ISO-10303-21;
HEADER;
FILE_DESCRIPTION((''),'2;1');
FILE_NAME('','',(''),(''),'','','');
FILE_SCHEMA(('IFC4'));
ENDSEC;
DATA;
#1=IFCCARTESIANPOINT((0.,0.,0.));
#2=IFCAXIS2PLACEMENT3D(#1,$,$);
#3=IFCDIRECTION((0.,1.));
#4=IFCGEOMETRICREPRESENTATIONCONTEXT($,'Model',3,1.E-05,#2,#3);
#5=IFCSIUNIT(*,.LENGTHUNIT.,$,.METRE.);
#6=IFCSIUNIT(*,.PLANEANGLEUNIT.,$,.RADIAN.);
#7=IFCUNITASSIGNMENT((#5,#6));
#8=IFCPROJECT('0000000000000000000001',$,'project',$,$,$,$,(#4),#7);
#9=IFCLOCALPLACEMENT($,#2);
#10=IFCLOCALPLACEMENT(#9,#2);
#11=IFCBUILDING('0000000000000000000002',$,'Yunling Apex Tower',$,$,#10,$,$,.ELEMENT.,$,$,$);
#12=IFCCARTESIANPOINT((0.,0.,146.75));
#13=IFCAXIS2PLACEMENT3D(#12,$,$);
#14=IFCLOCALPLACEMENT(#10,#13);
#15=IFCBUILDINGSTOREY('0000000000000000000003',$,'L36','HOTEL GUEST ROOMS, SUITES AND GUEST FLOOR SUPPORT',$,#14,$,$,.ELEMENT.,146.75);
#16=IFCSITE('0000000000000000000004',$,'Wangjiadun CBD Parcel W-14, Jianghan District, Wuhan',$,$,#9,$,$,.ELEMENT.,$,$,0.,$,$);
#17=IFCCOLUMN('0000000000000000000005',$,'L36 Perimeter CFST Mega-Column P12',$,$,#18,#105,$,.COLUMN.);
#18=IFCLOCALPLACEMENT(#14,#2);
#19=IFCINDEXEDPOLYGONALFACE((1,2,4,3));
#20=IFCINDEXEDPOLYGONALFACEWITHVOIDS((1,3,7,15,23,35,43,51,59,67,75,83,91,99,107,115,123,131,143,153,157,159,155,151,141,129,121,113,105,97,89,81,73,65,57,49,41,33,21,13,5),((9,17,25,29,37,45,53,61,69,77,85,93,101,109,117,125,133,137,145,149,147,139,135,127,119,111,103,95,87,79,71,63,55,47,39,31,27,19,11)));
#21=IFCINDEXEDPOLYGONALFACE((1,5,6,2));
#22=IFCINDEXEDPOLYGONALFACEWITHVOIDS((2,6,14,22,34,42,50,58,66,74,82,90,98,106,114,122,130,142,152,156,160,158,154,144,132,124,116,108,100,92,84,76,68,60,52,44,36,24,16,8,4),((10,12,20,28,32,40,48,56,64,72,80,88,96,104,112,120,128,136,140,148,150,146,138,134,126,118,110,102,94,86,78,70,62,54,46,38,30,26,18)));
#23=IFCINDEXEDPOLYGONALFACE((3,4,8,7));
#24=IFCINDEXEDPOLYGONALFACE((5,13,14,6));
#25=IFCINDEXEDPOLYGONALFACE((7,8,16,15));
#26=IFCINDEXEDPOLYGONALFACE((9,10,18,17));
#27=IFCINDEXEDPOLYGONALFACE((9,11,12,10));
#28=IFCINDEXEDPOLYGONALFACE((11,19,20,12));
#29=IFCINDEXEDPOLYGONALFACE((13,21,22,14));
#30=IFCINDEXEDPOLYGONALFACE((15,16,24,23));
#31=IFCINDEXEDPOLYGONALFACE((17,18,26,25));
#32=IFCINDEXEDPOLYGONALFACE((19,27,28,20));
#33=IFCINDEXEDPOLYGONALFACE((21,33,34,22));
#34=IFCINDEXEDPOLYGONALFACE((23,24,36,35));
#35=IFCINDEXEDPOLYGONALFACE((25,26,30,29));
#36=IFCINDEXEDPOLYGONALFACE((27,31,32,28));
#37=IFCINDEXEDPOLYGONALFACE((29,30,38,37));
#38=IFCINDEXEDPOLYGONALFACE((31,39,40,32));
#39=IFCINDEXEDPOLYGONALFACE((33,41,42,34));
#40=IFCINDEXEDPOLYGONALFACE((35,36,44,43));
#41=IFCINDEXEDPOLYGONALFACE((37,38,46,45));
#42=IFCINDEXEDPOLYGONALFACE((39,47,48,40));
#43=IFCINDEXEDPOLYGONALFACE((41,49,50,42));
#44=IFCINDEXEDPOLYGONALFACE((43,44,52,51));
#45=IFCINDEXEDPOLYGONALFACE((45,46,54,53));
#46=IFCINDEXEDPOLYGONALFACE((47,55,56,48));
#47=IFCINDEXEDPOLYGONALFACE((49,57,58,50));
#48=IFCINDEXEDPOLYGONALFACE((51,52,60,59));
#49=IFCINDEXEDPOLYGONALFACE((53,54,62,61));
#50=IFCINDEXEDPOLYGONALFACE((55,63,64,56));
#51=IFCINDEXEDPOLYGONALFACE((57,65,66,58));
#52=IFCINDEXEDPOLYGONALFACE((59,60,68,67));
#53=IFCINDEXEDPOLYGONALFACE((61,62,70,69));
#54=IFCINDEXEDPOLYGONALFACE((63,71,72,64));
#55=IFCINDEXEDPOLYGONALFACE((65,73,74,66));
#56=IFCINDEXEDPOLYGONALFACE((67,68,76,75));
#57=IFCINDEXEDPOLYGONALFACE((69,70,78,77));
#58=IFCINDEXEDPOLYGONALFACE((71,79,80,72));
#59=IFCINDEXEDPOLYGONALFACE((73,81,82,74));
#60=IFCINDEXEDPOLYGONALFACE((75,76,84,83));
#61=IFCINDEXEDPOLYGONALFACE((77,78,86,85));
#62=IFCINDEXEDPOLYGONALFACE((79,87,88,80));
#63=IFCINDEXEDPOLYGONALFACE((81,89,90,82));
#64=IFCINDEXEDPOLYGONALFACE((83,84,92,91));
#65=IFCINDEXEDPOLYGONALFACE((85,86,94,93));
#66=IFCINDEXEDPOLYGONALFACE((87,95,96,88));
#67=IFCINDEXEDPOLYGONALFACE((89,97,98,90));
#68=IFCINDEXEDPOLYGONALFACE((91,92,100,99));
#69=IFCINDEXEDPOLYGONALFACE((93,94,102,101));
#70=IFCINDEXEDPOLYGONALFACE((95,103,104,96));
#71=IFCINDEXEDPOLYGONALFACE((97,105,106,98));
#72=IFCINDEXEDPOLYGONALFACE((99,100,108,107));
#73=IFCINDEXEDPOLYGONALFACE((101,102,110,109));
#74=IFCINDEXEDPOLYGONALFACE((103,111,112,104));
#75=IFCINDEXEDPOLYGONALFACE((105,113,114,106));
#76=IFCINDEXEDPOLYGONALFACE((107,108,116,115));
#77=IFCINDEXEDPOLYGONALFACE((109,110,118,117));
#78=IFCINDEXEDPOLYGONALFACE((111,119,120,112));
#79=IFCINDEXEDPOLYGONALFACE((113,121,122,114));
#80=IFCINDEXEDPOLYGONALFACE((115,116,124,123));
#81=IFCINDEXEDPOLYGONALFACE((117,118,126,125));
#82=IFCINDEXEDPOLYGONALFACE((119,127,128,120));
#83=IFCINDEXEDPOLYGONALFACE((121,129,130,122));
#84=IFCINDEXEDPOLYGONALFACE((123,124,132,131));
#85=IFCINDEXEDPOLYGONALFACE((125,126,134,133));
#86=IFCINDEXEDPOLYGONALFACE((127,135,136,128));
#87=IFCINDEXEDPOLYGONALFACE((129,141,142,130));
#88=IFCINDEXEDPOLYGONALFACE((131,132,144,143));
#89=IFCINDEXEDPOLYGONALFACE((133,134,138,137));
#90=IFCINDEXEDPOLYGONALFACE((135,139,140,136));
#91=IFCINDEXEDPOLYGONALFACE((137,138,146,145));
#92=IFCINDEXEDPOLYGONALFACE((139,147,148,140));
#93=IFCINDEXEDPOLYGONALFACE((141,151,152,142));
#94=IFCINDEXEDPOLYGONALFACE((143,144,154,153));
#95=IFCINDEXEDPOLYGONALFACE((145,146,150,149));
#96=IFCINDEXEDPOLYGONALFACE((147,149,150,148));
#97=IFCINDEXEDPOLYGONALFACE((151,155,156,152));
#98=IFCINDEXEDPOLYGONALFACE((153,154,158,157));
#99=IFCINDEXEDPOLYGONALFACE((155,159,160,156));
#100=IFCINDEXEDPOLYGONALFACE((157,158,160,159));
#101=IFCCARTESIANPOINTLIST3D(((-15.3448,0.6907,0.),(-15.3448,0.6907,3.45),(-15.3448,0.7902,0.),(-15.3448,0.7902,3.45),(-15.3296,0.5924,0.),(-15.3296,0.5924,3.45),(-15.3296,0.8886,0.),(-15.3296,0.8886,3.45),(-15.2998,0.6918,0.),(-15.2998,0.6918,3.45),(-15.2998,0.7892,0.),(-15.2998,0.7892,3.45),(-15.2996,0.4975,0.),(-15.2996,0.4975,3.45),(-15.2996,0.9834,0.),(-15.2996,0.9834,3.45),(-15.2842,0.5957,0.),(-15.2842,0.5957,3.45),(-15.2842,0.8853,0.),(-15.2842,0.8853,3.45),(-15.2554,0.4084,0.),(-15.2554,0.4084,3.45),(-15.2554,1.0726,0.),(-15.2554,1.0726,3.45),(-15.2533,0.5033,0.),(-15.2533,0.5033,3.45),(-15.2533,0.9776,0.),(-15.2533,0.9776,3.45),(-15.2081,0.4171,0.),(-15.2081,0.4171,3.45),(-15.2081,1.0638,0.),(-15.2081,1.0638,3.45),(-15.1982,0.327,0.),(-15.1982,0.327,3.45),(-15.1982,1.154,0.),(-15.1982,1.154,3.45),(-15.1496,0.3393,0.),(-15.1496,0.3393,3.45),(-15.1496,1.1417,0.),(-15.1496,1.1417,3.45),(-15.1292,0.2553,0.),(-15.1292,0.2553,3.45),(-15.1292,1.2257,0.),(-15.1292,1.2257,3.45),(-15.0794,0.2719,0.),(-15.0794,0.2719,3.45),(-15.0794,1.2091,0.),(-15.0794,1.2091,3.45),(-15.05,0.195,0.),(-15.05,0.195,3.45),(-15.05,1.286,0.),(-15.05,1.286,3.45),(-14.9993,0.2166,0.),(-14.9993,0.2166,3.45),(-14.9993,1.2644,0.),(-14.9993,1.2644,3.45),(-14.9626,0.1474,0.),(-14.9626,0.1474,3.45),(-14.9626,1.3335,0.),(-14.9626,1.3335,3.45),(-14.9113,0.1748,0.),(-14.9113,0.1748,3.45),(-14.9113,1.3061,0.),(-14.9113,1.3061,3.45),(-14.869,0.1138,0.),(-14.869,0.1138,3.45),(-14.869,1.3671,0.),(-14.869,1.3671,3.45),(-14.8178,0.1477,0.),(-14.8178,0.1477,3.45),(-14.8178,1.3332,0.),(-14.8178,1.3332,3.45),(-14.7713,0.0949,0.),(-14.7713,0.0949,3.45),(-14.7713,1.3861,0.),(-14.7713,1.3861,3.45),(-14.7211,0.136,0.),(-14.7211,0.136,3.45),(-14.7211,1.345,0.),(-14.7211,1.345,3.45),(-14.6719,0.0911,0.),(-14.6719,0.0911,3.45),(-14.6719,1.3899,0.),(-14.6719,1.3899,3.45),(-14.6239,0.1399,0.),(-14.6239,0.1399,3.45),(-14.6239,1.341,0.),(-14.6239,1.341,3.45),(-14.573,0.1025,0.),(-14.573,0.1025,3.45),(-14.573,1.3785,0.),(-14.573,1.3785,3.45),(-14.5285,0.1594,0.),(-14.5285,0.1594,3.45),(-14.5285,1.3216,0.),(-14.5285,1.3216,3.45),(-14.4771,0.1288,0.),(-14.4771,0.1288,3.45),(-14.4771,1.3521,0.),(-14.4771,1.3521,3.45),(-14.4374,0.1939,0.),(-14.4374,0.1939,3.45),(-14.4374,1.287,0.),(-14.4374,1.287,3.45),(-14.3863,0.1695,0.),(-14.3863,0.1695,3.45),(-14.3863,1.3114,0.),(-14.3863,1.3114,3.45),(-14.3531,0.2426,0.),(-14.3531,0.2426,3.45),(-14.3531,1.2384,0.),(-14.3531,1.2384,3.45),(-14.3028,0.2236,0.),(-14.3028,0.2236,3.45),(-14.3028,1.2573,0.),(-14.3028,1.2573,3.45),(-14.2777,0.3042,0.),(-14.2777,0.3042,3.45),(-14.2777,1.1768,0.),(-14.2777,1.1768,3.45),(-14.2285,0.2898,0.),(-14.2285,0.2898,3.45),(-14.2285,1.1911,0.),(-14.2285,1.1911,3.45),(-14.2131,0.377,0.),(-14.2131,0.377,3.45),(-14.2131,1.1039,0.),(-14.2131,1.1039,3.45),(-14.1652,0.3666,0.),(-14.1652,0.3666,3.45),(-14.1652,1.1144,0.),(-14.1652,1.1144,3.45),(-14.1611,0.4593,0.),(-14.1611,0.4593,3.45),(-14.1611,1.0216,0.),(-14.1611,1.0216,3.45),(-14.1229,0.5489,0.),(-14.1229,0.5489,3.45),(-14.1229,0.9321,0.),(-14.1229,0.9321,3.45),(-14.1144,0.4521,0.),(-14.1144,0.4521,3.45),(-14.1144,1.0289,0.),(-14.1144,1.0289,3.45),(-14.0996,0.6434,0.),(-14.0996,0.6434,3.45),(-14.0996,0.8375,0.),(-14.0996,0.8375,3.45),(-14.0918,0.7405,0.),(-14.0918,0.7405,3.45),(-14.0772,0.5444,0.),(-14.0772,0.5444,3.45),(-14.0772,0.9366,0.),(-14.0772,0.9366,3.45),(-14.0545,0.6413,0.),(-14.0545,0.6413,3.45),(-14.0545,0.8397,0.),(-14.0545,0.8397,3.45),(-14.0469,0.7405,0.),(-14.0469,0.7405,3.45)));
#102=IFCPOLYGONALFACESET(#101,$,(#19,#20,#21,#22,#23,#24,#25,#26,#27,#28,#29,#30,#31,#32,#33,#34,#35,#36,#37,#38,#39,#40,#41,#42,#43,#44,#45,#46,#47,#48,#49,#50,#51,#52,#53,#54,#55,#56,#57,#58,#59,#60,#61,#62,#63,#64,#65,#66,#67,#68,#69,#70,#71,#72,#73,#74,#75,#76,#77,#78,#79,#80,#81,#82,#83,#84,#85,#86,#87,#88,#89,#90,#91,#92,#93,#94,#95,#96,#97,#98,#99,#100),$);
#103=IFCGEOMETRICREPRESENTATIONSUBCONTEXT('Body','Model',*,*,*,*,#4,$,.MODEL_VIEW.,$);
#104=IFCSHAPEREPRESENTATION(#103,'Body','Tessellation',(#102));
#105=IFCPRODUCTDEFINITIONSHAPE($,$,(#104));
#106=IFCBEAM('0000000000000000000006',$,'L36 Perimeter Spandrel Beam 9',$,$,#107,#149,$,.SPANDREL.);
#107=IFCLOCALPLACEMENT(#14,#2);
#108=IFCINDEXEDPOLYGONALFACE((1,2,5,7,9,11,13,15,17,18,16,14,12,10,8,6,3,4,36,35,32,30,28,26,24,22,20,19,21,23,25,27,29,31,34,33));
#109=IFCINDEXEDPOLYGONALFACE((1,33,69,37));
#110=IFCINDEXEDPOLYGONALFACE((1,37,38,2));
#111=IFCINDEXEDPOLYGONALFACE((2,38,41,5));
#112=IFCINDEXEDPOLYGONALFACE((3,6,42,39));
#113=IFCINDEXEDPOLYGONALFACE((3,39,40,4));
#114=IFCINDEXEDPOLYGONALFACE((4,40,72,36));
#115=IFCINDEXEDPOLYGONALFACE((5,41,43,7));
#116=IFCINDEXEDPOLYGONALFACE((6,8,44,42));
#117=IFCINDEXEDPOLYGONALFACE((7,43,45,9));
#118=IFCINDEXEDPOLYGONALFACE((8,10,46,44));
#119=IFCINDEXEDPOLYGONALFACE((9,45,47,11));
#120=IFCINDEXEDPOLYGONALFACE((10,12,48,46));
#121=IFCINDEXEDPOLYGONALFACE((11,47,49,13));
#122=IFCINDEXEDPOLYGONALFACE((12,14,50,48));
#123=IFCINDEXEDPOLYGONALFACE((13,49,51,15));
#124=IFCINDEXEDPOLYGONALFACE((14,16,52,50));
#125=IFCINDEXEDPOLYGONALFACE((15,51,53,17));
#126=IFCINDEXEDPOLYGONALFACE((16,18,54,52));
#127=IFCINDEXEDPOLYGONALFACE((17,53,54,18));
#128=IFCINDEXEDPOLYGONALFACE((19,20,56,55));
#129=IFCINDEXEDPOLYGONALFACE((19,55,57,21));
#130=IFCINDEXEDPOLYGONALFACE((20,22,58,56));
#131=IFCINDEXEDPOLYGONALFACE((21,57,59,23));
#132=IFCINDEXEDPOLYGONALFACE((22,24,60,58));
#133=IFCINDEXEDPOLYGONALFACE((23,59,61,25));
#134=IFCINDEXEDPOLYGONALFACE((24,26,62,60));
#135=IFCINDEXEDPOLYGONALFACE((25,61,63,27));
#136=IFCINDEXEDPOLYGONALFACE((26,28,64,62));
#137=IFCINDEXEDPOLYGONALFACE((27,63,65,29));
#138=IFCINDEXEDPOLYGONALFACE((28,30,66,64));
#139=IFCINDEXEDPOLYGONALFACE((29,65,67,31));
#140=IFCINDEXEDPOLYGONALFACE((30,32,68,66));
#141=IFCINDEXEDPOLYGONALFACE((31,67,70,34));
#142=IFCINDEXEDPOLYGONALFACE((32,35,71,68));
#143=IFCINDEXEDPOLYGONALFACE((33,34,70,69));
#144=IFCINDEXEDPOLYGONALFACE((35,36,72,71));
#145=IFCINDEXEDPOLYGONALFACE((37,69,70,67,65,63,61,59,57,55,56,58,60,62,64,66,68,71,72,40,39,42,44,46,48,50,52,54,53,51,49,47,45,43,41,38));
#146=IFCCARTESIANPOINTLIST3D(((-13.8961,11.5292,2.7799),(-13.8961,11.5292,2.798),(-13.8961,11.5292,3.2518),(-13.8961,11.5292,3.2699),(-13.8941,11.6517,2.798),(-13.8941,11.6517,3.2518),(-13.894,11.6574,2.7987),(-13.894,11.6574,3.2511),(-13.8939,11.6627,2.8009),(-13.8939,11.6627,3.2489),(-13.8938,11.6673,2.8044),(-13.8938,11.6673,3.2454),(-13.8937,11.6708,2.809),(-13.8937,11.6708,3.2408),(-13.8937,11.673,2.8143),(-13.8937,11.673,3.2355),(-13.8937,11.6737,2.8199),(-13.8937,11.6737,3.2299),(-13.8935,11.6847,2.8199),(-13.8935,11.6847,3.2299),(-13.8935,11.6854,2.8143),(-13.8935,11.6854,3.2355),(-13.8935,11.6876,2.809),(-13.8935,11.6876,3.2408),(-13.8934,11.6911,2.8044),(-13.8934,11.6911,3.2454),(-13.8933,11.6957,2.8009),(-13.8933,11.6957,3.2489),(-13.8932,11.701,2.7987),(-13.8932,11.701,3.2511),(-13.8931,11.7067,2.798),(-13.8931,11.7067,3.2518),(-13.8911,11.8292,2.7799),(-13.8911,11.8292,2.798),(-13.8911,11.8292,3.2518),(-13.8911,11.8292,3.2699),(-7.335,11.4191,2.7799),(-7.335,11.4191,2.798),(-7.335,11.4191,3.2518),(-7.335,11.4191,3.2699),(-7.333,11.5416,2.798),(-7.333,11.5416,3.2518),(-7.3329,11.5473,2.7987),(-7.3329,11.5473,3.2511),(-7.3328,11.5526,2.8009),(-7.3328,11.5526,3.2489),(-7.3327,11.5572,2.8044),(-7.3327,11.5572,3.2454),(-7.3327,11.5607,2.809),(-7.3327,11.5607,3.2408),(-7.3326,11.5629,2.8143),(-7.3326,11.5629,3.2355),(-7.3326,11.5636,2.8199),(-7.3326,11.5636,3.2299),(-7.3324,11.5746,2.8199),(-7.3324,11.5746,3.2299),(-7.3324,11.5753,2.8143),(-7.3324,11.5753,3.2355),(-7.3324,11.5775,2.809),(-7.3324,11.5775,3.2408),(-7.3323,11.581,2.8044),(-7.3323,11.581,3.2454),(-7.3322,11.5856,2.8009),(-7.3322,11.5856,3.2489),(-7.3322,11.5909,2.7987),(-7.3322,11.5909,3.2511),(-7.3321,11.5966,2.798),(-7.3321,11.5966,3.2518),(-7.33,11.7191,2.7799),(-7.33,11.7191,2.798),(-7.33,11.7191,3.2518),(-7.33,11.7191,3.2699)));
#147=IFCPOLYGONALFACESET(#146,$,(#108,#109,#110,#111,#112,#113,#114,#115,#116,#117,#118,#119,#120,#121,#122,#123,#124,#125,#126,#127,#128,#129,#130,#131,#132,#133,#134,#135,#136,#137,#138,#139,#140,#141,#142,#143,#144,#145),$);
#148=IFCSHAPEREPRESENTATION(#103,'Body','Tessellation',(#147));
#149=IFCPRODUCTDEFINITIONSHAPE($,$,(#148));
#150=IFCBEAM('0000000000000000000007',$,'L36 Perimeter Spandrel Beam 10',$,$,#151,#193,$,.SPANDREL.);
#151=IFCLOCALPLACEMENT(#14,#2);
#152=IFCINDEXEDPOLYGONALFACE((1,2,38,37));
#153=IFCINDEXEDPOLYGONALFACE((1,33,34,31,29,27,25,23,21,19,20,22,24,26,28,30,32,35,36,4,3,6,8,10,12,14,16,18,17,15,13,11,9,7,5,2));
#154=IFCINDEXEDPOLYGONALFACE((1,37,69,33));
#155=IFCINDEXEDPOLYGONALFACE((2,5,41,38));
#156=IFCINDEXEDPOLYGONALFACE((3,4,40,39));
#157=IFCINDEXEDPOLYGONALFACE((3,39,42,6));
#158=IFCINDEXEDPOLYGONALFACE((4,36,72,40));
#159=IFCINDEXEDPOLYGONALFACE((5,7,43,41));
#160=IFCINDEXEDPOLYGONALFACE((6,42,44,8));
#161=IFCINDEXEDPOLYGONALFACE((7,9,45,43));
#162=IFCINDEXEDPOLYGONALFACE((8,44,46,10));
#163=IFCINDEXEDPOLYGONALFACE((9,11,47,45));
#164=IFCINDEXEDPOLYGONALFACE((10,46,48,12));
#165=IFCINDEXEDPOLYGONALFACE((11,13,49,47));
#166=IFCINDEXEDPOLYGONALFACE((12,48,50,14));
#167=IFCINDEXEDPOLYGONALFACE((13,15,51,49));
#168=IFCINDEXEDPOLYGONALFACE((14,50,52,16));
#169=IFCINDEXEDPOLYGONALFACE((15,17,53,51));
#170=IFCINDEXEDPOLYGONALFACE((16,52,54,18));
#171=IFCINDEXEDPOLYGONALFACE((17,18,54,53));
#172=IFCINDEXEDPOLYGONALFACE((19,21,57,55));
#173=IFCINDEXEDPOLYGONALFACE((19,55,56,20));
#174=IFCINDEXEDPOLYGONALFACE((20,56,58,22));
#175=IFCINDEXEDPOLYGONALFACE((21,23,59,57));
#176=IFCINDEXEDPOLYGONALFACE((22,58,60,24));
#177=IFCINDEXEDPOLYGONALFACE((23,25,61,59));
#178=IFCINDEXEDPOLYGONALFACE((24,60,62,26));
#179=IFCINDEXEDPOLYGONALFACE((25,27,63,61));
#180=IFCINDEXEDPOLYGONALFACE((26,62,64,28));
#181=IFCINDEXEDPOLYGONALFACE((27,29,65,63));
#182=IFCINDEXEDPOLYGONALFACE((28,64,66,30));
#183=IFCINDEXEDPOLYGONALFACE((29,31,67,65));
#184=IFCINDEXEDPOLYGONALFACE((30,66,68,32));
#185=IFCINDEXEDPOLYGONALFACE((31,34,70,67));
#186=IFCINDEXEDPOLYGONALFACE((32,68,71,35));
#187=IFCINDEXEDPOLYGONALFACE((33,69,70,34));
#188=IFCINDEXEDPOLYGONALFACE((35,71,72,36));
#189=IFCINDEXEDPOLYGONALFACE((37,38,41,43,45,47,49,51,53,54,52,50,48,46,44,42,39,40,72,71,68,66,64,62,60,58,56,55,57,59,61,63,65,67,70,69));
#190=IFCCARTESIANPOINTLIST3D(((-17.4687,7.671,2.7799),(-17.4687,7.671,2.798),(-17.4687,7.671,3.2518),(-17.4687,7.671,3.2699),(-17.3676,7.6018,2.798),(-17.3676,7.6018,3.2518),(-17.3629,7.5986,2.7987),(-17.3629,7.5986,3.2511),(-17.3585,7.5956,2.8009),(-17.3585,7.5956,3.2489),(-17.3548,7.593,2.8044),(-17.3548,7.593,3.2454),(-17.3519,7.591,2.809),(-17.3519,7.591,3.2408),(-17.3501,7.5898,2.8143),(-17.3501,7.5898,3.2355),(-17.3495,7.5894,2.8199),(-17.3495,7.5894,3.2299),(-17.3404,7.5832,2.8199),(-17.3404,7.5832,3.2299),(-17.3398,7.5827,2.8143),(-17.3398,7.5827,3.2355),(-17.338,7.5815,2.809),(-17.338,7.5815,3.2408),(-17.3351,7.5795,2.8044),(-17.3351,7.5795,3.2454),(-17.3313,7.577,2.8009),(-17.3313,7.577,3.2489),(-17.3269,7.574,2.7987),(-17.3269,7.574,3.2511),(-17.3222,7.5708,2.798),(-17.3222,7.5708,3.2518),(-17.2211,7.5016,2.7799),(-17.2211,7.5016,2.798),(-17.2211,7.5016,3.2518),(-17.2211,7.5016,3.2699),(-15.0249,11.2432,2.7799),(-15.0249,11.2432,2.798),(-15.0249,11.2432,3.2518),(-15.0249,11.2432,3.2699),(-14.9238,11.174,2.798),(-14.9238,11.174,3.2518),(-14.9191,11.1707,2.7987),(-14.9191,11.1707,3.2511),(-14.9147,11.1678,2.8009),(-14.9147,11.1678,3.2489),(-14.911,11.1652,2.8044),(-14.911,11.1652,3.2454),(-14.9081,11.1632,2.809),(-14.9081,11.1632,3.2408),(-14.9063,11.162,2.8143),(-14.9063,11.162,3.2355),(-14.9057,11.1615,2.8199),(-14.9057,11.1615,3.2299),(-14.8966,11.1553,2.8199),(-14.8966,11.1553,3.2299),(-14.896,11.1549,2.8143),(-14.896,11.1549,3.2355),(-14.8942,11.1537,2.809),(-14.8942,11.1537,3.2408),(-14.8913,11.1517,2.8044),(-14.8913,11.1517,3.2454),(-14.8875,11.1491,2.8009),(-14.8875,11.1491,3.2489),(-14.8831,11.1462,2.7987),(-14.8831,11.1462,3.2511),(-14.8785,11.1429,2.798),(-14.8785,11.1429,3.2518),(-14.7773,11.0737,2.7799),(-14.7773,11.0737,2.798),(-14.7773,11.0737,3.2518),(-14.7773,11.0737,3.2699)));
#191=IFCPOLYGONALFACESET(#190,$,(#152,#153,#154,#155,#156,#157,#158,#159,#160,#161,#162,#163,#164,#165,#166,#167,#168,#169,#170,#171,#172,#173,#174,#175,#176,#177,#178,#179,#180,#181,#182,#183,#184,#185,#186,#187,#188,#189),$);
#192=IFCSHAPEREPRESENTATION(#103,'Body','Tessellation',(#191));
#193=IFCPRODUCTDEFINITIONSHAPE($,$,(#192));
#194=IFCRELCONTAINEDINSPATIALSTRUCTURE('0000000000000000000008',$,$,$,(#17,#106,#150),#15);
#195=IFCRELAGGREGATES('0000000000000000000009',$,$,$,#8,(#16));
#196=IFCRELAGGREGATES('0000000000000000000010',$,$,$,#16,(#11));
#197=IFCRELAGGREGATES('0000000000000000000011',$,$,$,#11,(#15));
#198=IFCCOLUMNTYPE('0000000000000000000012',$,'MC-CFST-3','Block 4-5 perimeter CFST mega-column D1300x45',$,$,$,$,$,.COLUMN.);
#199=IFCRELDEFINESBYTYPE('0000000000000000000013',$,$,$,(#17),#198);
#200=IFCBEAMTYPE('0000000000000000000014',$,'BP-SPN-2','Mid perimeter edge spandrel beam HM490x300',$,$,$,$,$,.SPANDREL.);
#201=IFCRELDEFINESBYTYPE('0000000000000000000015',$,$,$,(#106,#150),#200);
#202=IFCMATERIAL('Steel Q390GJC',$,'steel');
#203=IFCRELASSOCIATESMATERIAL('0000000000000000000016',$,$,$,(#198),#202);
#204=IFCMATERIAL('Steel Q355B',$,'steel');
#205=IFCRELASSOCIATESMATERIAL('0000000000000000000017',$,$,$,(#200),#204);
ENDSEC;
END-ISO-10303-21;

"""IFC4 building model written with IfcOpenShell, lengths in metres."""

from ifc_helpers import new_model, si_unit, direction, frame, origin, origin_2d, place, context, subcontext, project, spatial, hollow_circle, i_section, extrude, source, transform, mapped, material, material_profile, profile_set, type_object, element, save


model = new_model("IFC4")

# Units and contexts
model_context = context("Model", 3, precision=1e-05, world=origin(), true_north=direction((0.0, 1.0)))
body_context = subcontext(model_context, "Body", "Model", "MODEL_VIEW")
ifc_project = project(units=[si_unit("LENGTHUNIT", "METRE"), si_unit("PLANEANGLEUNIT", "RADIAN")], contexts=[model_context])

# Site, building, storey
site_placement = place(None, origin())
site = spatial("IfcSite", under=ifc_project, at=site_placement, Name="Wangjiadun CBD Parcel W-14, Jianghan District, Wuhan", CompositionType="ELEMENT", RefElevation=0.0)
building_placement = place(site_placement, origin())
building = spatial("IfcBuilding", under=site, at=building_placement, Name="Yunling Apex Tower", CompositionType="ELEMENT")
storey_placement = place(building_placement, frame((0.0, 0.0, 146.75)))
storey = spatial("IfcBuildingStorey", under=building, at=storey_placement, Name="L36", Description="HOTEL GUEST ROOMS, SUITES AND GUEST FLOOR SUPPORT", CompositionType="ELEMENT", Elevation=146.75)

# Column
ifc_material_1 = material(Name="Steel Q390GJC", Category="steel")
ifc_material_profile_1 = material_profile(ifc_material_1, hollow_circle(Radius=0.6499, WallThickness=0.0449, at=origin_2d()))
ifc_profile_set_1 = profile_set([ifc_material_profile_1], Name="Steel Q390GJC")
column_type = type_object("IfcColumnType", Name="MC-CFST-3", Description="Block 4-5 perimeter CFST mega-column D1300x45", PredefinedType="COLUMN", material=ifc_profile_set_1)
shared_shape_1 = source(origin(), body_context, "Body", "SweptSolid", [
    extrude(hollow_circle(Radius=0.6499, WallThickness=0.0449, at=origin_2d()), origin(), (0.0, 0.0, 1.0), 3.45),
])
for number, where, z_axis, x_axis, name in (
    (1, (-14.6968, 0.7405, 0.0), (0.0, 0.0, 1.0), (1.0, 0.0, 0.0), "L36 Perimeter CFST Mega-Column P12"),
):
    element("IfcColumn", number, at=place(storey_placement, frame(where, z_axis=z_axis, x_axis=x_axis)), inside=storey, type_object=column_type, Name=name, PredefinedType="COLUMN", context=body_context, shape_type="MappedRepresentation", body=[
        mapped(shared_shape_1, transform((0.0, 0.0, 0.0), scale=1.0)),
    ])

# Beams
ifc_material_2 = material(Name="Steel Q355B", Category="steel")
ifc_material_profile_2 = material_profile(ifc_material_2, i_section(OverallWidth=0.3, OverallDepth=0.49, WebThickness=0.011, FlangeThickness=0.0181, FilletRadius=0.022, at=origin_2d()))
ifc_profile_set_2 = profile_set([ifc_material_profile_2], Name="Steel Q355B")
beam_type_1 = type_object("IfcBeamType", Name="BP-SPN-2", Description="Mid perimeter edge spandrel beam HM490x300", PredefinedType="SPANDREL", material=ifc_profile_set_2)
shared_shape_2 = source(origin(), body_context, "Body", "SweptSolid", [
    extrude(i_section(OverallWidth=0.3, OverallDepth=0.49, WebThickness=0.011, FlangeThickness=0.0181, FilletRadius=0.022, at=origin_2d()), origin(), (0.0, 0.0, 1.0), 6.562),
])
beam_1_placement = place(storey_placement, frame((-7.3325, 11.5691, 3.0249), z_axis=(-0.999859, 0.01678, 0.0), x_axis=(-0.01678, -0.999859, 0.0)))
element("IfcBeam", 2, at=beam_1_placement, inside=storey, type_object=beam_type_1, Name="L36 Perimeter Spandrel Beam 9", PredefinedType="SPANDREL", context=body_context, shape_type="MappedRepresentation", body=[
    mapped(shared_shape_2, transform((0.0, 0.0, 0.0), scale=1.0)),
])
shared_shape_3 = source(origin(), body_context, "Body", "SweptSolid", [
    extrude(i_section(OverallWidth=0.3, OverallDepth=0.49, WebThickness=0.011, FlangeThickness=0.0181, FilletRadius=0.022, at=origin_2d()), origin(), (0.0, 0.0, 1.0), 4.3281),
])
beam_2_placement = place(storey_placement, frame((-14.9011, 11.1584, 3.0249), z_axis=(-0.564631, -0.825343, 0.0), x_axis=(0.825343, -0.564631, 0.0)))
element("IfcBeam", 3, at=beam_2_placement, inside=storey, type_object=beam_type_1, Name="L36 Perimeter Spandrel Beam 10", PredefinedType="SPANDREL", context=body_context, shape_type="MappedRepresentation", body=[
    mapped(shared_shape_3, transform((0.0, 0.0, 0.0), scale=1.0)),
])

save(model, "model.ifc")
